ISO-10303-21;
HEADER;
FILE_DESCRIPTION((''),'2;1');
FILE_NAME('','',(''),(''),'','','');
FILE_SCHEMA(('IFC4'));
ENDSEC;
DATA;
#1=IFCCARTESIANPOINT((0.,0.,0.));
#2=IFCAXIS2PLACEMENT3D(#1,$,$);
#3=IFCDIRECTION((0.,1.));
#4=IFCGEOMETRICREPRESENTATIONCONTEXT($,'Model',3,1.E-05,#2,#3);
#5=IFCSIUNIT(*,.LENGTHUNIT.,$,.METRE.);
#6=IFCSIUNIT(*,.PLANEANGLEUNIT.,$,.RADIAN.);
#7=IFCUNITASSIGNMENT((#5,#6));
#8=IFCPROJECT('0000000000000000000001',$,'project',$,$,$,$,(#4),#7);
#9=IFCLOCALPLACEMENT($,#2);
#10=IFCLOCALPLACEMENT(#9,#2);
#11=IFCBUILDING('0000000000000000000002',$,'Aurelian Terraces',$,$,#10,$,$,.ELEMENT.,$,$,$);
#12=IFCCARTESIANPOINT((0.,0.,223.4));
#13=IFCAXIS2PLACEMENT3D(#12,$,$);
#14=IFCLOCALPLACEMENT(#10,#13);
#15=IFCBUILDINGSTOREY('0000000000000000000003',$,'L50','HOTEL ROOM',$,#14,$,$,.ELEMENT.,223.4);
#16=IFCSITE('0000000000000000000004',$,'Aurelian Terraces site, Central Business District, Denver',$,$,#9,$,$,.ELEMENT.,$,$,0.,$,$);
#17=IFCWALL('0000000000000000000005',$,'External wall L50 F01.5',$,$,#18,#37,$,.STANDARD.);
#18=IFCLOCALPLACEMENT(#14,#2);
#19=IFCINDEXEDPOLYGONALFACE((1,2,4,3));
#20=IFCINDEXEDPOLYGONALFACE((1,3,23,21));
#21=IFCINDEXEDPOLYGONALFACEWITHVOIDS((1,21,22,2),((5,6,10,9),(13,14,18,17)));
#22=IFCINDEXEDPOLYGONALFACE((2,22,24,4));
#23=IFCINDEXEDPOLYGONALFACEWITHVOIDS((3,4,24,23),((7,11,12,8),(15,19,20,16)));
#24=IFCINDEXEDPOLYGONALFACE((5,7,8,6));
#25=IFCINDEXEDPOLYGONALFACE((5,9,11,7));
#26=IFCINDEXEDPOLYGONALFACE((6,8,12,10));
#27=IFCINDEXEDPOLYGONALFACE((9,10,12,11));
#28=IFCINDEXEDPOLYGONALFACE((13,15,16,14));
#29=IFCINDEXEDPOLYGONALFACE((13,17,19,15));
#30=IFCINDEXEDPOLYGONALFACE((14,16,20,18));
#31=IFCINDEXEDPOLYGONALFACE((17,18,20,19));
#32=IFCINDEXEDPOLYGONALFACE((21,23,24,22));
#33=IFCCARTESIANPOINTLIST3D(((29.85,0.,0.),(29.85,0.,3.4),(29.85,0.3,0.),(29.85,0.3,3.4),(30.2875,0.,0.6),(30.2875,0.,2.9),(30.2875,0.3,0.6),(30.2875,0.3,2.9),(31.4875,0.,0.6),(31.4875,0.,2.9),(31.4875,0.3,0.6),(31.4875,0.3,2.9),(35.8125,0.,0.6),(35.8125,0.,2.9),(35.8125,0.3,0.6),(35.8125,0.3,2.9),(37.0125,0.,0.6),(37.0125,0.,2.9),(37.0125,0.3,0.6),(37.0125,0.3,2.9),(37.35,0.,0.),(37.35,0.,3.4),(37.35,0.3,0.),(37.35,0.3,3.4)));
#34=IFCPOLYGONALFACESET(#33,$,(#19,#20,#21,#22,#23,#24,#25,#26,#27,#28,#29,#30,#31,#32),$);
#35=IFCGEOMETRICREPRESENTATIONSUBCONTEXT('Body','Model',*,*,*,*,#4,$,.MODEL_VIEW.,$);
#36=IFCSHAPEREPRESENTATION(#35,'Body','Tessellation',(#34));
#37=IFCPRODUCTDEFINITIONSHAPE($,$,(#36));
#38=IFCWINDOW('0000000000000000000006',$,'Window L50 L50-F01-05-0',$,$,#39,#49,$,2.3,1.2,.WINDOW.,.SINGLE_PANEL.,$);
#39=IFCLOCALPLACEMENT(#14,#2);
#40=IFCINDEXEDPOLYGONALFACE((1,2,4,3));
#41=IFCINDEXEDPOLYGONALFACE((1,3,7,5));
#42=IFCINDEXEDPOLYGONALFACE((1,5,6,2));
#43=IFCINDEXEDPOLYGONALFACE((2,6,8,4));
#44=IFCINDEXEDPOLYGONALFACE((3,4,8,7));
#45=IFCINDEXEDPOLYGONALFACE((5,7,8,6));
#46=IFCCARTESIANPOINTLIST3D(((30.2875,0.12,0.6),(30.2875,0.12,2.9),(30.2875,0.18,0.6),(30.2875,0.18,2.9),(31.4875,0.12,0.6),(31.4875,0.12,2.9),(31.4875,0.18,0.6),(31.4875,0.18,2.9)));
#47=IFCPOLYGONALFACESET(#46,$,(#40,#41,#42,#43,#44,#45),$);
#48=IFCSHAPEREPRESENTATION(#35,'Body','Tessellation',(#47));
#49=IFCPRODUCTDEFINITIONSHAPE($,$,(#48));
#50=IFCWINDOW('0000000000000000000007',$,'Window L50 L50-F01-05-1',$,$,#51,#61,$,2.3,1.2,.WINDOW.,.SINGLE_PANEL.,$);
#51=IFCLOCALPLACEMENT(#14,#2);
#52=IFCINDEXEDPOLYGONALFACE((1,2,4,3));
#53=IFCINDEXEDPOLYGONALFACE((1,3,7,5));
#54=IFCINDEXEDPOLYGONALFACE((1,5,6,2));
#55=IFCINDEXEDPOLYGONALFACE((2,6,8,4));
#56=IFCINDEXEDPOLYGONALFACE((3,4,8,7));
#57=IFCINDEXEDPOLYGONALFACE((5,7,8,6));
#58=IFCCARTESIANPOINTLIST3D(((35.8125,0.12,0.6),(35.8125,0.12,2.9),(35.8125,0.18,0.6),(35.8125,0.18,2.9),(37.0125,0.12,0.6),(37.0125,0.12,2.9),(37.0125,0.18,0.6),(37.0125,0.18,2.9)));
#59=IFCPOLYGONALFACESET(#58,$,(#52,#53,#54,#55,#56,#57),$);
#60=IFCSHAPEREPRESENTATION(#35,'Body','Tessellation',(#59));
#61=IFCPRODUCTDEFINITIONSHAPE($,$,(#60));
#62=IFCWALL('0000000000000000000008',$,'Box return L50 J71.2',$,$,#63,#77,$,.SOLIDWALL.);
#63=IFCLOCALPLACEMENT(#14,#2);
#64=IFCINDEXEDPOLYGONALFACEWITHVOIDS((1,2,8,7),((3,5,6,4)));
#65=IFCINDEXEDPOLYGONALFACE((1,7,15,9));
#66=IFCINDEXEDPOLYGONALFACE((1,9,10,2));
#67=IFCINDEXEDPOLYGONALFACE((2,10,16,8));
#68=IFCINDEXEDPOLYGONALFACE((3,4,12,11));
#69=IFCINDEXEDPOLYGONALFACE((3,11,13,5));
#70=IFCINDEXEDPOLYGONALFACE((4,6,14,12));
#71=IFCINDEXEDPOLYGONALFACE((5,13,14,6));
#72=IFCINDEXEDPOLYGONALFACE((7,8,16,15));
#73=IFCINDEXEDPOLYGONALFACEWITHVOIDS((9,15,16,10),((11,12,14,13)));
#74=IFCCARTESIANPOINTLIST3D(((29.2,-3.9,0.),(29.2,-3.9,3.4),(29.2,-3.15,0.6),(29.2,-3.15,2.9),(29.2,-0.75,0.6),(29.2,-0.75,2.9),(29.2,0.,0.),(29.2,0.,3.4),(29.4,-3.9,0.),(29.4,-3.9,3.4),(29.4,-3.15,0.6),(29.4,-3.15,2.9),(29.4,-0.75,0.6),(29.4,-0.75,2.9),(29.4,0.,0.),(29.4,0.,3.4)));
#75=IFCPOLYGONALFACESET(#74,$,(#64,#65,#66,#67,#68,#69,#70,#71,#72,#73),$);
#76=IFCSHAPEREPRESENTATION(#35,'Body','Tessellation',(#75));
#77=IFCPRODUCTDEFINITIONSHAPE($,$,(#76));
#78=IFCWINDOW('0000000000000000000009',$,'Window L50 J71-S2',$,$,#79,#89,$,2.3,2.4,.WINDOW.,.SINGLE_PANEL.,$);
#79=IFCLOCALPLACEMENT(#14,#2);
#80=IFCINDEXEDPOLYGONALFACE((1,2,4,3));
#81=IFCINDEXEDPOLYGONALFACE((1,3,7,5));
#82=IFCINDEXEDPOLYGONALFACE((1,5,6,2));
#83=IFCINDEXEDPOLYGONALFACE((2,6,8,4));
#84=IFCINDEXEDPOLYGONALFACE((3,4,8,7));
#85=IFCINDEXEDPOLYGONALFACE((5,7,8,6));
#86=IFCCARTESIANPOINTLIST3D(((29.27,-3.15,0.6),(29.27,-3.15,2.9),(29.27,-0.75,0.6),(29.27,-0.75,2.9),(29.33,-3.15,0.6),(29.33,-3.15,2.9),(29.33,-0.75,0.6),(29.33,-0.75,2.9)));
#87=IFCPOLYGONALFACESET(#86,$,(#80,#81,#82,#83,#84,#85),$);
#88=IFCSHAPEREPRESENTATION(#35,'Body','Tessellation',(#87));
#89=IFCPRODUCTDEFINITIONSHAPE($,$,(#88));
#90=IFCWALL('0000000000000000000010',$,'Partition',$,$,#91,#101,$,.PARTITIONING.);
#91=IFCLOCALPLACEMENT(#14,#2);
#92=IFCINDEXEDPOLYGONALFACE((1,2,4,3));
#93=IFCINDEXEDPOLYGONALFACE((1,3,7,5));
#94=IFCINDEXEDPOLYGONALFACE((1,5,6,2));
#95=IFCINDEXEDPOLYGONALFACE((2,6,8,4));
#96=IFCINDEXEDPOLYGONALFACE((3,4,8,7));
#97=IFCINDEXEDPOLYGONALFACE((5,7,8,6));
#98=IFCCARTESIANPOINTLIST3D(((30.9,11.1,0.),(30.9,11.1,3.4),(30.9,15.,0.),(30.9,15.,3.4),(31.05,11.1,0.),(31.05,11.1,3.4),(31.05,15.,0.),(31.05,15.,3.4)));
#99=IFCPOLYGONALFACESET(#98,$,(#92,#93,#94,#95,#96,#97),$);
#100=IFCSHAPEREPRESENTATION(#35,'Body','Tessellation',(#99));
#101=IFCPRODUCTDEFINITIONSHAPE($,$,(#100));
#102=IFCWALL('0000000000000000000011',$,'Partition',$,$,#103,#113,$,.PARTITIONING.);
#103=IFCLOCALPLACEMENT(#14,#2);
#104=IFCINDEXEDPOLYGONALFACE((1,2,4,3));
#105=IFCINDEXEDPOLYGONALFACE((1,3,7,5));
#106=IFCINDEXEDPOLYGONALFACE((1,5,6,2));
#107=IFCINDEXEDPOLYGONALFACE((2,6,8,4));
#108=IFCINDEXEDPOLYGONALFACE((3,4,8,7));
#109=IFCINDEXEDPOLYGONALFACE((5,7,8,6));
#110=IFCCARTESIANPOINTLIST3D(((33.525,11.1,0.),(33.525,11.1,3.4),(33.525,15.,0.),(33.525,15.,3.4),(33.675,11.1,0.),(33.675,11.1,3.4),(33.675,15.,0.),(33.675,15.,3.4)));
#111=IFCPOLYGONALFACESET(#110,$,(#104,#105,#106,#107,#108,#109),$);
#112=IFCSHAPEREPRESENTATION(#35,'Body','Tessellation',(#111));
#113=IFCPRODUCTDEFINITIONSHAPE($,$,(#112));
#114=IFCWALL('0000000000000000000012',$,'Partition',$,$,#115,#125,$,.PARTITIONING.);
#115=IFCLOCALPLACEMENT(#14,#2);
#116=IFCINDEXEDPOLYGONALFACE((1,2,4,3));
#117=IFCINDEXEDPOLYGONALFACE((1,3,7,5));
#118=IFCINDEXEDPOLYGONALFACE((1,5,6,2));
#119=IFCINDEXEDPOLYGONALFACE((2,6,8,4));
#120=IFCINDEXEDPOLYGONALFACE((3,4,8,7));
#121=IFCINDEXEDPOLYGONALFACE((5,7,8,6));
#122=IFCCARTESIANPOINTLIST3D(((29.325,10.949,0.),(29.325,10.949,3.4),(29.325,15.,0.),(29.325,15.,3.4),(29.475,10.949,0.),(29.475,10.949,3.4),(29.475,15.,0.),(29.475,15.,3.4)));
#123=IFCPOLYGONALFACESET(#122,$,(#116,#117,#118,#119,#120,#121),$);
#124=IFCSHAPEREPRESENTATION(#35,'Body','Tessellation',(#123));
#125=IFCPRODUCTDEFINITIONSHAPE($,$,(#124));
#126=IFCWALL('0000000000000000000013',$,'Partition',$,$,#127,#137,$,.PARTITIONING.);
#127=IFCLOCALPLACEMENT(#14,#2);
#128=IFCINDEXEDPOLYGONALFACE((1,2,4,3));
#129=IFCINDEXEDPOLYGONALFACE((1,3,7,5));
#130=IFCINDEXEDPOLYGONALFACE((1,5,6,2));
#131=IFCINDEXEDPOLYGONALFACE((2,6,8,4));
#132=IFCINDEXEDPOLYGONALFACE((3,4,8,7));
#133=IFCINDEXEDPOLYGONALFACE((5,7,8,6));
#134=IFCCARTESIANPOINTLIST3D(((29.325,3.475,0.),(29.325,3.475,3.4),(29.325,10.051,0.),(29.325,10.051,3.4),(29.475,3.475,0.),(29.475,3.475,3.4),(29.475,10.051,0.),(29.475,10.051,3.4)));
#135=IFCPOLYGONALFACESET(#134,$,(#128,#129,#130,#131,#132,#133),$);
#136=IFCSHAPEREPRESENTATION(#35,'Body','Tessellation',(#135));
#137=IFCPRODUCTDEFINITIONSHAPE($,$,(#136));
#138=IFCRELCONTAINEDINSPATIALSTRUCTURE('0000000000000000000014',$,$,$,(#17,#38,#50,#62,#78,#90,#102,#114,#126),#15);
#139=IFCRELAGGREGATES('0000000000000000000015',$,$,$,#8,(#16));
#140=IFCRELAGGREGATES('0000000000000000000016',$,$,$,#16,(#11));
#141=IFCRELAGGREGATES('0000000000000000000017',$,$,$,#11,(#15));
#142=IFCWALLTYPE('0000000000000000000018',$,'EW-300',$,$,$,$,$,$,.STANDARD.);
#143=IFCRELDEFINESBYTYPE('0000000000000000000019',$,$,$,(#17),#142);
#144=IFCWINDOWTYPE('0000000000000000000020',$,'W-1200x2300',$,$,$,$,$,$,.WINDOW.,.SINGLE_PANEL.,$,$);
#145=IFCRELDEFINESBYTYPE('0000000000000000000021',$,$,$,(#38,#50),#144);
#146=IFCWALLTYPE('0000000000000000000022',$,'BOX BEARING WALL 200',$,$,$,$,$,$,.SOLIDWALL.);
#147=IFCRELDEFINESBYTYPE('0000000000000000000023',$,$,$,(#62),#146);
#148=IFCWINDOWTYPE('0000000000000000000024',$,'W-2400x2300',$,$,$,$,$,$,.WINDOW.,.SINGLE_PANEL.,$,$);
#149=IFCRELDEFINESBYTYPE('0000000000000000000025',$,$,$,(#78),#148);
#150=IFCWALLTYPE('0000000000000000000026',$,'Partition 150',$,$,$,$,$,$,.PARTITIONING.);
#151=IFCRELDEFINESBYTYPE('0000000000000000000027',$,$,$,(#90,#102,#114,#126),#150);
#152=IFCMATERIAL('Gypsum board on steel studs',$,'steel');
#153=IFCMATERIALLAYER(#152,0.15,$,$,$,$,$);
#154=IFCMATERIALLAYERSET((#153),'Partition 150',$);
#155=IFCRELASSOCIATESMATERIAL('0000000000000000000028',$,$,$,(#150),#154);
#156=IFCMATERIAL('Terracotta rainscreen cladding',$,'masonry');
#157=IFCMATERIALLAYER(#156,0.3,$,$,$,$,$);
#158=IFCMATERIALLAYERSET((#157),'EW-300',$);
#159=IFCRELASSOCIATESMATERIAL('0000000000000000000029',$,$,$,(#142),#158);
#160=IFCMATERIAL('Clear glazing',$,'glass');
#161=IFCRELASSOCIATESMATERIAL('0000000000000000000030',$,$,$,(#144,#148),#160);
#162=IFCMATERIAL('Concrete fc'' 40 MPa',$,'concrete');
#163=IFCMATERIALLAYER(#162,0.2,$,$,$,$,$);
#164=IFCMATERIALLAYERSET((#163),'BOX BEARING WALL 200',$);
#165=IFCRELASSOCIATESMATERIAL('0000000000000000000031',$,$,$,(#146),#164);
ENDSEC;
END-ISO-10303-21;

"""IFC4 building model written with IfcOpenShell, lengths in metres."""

from ifc_helpers import new_model, si_unit, direction, frame, frame_2d, origin, place, context, subcontext, project, spatial, rectangle, extrude, source, transform, mapped, material, layer, layer_set, type_object, element, fill, save


model = new_model("IFC4")

# Units and contexts
model_context = context("Model", 3, precision=1e-05, world=origin(), true_north=direction((0.0, 1.0)))
body_context = subcontext(model_context, "Body", "Model", "MODEL_VIEW")
ifc_project = project(units=[si_unit("LENGTHUNIT", "METRE"), si_unit("PLANEANGLEUNIT", "RADIAN")], contexts=[model_context])

# Site, building, storey
site_placement = place(None, origin())
site = spatial("IfcSite", under=ifc_project, at=site_placement, Name="Aurelian Terraces site, Central Business District, Denver", CompositionType="ELEMENT", RefElevation=0.0)
building_placement = place(site_placement, origin())
building = spatial("IfcBuilding", under=site, at=building_placement, Name="Aurelian Terraces", CompositionType="ELEMENT")
storey_placement = place(building_placement, frame((0.0, 0.0, 223.4)))
storey = spatial("IfcBuildingStorey", under=building, at=storey_placement, Name="L50", Description="HOTEL ROOM", CompositionType="ELEMENT", Elevation=223.4)

# Shared definitions
ifc_material_1 = material(Name="Gypsum board on steel studs", Category="steel")
ifc_layer_1 = layer(ifc_material_1, 0.15)
ifc_layer_set_1 = layer_set([ifc_layer_1], Name="Partition 150")
wall_type_1 = type_object("IfcWallType", Name="Partition 150", PredefinedType="PARTITIONING", material=ifc_layer_set_1)

# Shared definitions
ifc_material_2 = material(Name="Terracotta rainscreen cladding", Category="masonry")
ifc_layer_2 = layer(ifc_material_2, 0.3)
ifc_layer_set_2 = layer_set([ifc_layer_2], Name="EW-300")
wall_type_2 = type_object("IfcWallType", Name="EW-300", PredefinedType="STANDARD", material=ifc_layer_set_2)
shared_shape_1 = source(origin(), body_context, "Body", "SweptSolid", [
    extrude(rectangle(XDim=7.5, YDim=0.3, at=frame_2d((3.75, 0.0))), origin(), (0.0, 0.0, 1.0), 3.4),
])

# Wall, openings, windows
wall_1_placement = place(storey_placement, frame((29.85, 0.15, 0.0), z_axis=(0.0, 0.0, 1.0), x_axis=(1.0, 0.0, 0.0)))
wall_1 = element("IfcWall", 1, at=wall_1_placement, inside=storey, type_object=wall_type_2, Name="External wall L50 F01.5", PredefinedType="STANDARD", context=body_context, shape_type="MappedRepresentation", body=[
    mapped(shared_shape_1, transform((0.0, 0.0, 0.0), scale=1.0)),
])
shared_shape_2 = source(origin(), body_context, "Body", "SweptSolid", [
    extrude(rectangle(XDim=1.2, YDim=2.3, at=frame_2d((0.6, 1.15))), frame((0.0, 0.16, 0.0), z_axis=(0.0, -1.0, 0.0), x_axis=(1.0, 0.0, 0.0)), (0.0, 0.0, 1.0), 0.32),
])
opening_1_placement = place(wall_1_placement, frame((0.4375, 0.0, 0.6)))
opening_1 = element("IfcOpeningElement", 2, at=opening_1_placement, cuts=wall_1, PredefinedType="OPENING", context=body_context, shape_type="MappedRepresentation", body=[
    mapped(shared_shape_2, transform((0.0, 0.0, 0.0), scale=1.0)),
])
opening_2_placement = place(wall_1_placement, frame((5.9625, 0.0, 0.6)))
opening_2 = element("IfcOpeningElement", 3, at=opening_2_placement, cuts=wall_1, PredefinedType="OPENING", context=body_context, shape_type="MappedRepresentation", body=[
    mapped(shared_shape_2, transform((0.0, 0.0, 0.0), scale=1.0)),
])
ifc_material_3 = material(Name="Clear glazing", Category="glass")
window_type_1 = type_object("IfcWindowType", Name="W-1200x2300", PartitioningType="SINGLE_PANEL", PredefinedType="WINDOW", material=ifc_material_3)
shared_shape_3 = source(origin(), body_context, "Body", "SweptSolid", [
    extrude(rectangle(XDim=1.2, YDim=2.3, at=frame_2d((0.6, 1.15))), frame((0.0, 0.03, 0.0), z_axis=(0.0, -1.0, 0.0), x_axis=(1.0, 0.0, 0.0)), (0.0, 0.0, 1.0), 0.06),
])
window_1_placement = place(opening_1_placement, origin())
window_1 = element("IfcWindow", 4, at=window_1_placement, inside=storey, type_object=window_type_1, Name="Window L50 L50-F01-05-0", OverallHeight=2.3, OverallWidth=1.2, PartitioningType="SINGLE_PANEL", PredefinedType="WINDOW", context=body_context, shape_type="MappedRepresentation", body=[
    mapped(shared_shape_3, transform((0.0, 0.0, 0.0), scale=1.0)),
])
fill(opening_1, window_1)
window_2_placement = place(opening_2_placement, origin())
window_2 = element("IfcWindow", 5, at=window_2_placement, inside=storey, type_object=window_type_1, Name="Window L50 L50-F01-05-1", OverallHeight=2.3, OverallWidth=1.2, PartitioningType="SINGLE_PANEL", PredefinedType="WINDOW", context=body_context, shape_type="MappedRepresentation", body=[
    mapped(shared_shape_3, transform((0.0, 0.0, 0.0), scale=1.0)),
])
fill(opening_2, window_2)

# Wall, opening, window
ifc_material_4 = material(Name="Concrete fc' 40 MPa", Category="concrete")
ifc_layer_3 = layer(ifc_material_4, 0.2)
ifc_layer_set_3 = layer_set([ifc_layer_3], Name="BOX BEARING WALL 200")
wall_type_3 = type_object("IfcWallType", Name="BOX BEARING WALL 200", PredefinedType="SOLIDWALL", material=ifc_layer_set_3)
shared_shape_4 = source(origin(), body_context, "Body", "SweptSolid", [
    extrude(rectangle(XDim=3.9, YDim=0.2, at=frame_2d((1.95, 0.0))), origin(), (0.0, 0.0, 1.0), 3.4),
])
wall_2_placement = place(storey_placement, frame((29.3, 0.0, 0.0), z_axis=(0.0, 0.0, 1.0), x_axis=(0.0, -1.0, 0.0)))
wall_2 = element("IfcWall", 6, at=wall_2_placement, inside=storey, type_object=wall_type_3, Name="Box return L50 J71.2", PredefinedType="SOLIDWALL", context=body_context, shape_type="MappedRepresentation", body=[
    mapped(shared_shape_4, transform((0.0, 0.0, 0.0), scale=1.0)),
])
shared_shape_5 = source(origin(), body_context, "Body", "SweptSolid", [
    extrude(rectangle(XDim=2.4, YDim=2.3, at=frame_2d((1.2, 1.15))), frame((0.0, 0.11, 0.0), z_axis=(0.0, -1.0, 0.0), x_axis=(1.0, 0.0, 0.0)), (0.0, 0.0, 1.0), 0.22),
])
opening_3_placement = place(wall_2_placement, frame((0.75, 0.0, 0.6)))
opening_3 = element("IfcOpeningElement", 7, at=opening_3_placement, cuts=wall_2, PredefinedType="OPENING", context=body_context, shape_type="MappedRepresentation", body=[
    mapped(shared_shape_5, transform((0.0, 0.0, 0.0), scale=1.0)),
])
window_type_2 = type_object("IfcWindowType", Name="W-2400x2300", PartitioningType="SINGLE_PANEL", PredefinedType="WINDOW", material=ifc_material_3)
shared_shape_6 = source(origin(), body_context, "Body", "SweptSolid", [
    extrude(rectangle(XDim=2.4, YDim=2.3, at=frame_2d((1.2, 1.15))), frame((0.0, 0.03, 0.0), z_axis=(0.0, -1.0, 0.0), x_axis=(1.0, 0.0, 0.0)), (0.0, 0.0, 1.0), 0.06),
])
window_3_placement = place(opening_3_placement, origin())
window_3 = element("IfcWindow", 8, at=window_3_placement, inside=storey, type_object=window_type_2, Name="Window L50 J71-S2", OverallHeight=2.3, OverallWidth=2.4, PartitioningType="SINGLE_PANEL", PredefinedType="WINDOW", context=body_context, shape_type="MappedRepresentation", body=[
    mapped(shared_shape_6, transform((0.0, 0.0, 0.0), scale=1.0)),
])
fill(opening_3, window_3)

# Walls
shared_shape_7 = source(origin(), body_context, "Body", "SweptSolid", [
    extrude(rectangle(XDim=3.9, YDim=0.15, at=frame_2d((1.95, 0.0))), origin(), (0.0, 0.0, 1.0), 3.4),
])
for number, where, z_axis, x_axis, name in (
    (9, (30.975, 11.1, 0.0), (0.0, 0.0, 1.0), (0.0, 1.0, 0.0), "Partition"),
    (10, (33.6, 11.1, 0.0), (0.0, 0.0, 1.0), (0.0, 1.0, 0.0), "Partition"),
):
    element("IfcWall", number, at=place(storey_placement, frame(where, z_axis=z_axis, x_axis=x_axis)), inside=storey, type_object=wall_type_1, Name=name, PredefinedType="PARTITIONING", context=body_context, shape_type="MappedRepresentation", body=[
        mapped(shared_shape_7, transform((0.0, 0.0, 0.0), scale=1.0)),
    ])
shared_shape_8 = source(origin(), body_context, "Body", "SweptSolid", [
    extrude(rectangle(XDim=4.051, YDim=0.15, at=frame_2d((2.0255, 0.0))), origin(), (0.0, 0.0, 1.0), 3.4),
])
wall_3_placement = place(storey_placement, frame((29.4, 10.949, 0.0), z_axis=(0.0, 0.0, 1.0), x_axis=(0.0, 1.0, 0.0)))
element("IfcWall", 11, at=wall_3_placement, inside=storey, type_object=wall_type_1, Name="Partition", PredefinedType="PARTITIONING", context=body_context, shape_type="MappedRepresentation", body=[
    mapped(shared_shape_8, transform((0.0, 0.0, 0.0), scale=1.0)),
])
shared_shape_9 = source(origin(), body_context, "Body", "SweptSolid", [
    extrude(rectangle(XDim=6.576, YDim=0.15, at=frame_2d((3.288, 0.0))), origin(), (0.0, 0.0, 1.0), 3.4),
])
wall_4_placement = place(storey_placement, frame((29.4, 3.475, 0.0), z_axis=(0.0, 0.0, 1.0), x_axis=(0.0, 1.0, 0.0)))
element("IfcWall", 12, at=wall_4_placement, inside=storey, type_object=wall_type_1, Name="Partition", PredefinedType="PARTITIONING", context=body_context, shape_type="MappedRepresentation", body=[
    mapped(shared_shape_9, transform((0.0, 0.0, 0.0), scale=1.0)),
])

save(model, "model.ifc")
